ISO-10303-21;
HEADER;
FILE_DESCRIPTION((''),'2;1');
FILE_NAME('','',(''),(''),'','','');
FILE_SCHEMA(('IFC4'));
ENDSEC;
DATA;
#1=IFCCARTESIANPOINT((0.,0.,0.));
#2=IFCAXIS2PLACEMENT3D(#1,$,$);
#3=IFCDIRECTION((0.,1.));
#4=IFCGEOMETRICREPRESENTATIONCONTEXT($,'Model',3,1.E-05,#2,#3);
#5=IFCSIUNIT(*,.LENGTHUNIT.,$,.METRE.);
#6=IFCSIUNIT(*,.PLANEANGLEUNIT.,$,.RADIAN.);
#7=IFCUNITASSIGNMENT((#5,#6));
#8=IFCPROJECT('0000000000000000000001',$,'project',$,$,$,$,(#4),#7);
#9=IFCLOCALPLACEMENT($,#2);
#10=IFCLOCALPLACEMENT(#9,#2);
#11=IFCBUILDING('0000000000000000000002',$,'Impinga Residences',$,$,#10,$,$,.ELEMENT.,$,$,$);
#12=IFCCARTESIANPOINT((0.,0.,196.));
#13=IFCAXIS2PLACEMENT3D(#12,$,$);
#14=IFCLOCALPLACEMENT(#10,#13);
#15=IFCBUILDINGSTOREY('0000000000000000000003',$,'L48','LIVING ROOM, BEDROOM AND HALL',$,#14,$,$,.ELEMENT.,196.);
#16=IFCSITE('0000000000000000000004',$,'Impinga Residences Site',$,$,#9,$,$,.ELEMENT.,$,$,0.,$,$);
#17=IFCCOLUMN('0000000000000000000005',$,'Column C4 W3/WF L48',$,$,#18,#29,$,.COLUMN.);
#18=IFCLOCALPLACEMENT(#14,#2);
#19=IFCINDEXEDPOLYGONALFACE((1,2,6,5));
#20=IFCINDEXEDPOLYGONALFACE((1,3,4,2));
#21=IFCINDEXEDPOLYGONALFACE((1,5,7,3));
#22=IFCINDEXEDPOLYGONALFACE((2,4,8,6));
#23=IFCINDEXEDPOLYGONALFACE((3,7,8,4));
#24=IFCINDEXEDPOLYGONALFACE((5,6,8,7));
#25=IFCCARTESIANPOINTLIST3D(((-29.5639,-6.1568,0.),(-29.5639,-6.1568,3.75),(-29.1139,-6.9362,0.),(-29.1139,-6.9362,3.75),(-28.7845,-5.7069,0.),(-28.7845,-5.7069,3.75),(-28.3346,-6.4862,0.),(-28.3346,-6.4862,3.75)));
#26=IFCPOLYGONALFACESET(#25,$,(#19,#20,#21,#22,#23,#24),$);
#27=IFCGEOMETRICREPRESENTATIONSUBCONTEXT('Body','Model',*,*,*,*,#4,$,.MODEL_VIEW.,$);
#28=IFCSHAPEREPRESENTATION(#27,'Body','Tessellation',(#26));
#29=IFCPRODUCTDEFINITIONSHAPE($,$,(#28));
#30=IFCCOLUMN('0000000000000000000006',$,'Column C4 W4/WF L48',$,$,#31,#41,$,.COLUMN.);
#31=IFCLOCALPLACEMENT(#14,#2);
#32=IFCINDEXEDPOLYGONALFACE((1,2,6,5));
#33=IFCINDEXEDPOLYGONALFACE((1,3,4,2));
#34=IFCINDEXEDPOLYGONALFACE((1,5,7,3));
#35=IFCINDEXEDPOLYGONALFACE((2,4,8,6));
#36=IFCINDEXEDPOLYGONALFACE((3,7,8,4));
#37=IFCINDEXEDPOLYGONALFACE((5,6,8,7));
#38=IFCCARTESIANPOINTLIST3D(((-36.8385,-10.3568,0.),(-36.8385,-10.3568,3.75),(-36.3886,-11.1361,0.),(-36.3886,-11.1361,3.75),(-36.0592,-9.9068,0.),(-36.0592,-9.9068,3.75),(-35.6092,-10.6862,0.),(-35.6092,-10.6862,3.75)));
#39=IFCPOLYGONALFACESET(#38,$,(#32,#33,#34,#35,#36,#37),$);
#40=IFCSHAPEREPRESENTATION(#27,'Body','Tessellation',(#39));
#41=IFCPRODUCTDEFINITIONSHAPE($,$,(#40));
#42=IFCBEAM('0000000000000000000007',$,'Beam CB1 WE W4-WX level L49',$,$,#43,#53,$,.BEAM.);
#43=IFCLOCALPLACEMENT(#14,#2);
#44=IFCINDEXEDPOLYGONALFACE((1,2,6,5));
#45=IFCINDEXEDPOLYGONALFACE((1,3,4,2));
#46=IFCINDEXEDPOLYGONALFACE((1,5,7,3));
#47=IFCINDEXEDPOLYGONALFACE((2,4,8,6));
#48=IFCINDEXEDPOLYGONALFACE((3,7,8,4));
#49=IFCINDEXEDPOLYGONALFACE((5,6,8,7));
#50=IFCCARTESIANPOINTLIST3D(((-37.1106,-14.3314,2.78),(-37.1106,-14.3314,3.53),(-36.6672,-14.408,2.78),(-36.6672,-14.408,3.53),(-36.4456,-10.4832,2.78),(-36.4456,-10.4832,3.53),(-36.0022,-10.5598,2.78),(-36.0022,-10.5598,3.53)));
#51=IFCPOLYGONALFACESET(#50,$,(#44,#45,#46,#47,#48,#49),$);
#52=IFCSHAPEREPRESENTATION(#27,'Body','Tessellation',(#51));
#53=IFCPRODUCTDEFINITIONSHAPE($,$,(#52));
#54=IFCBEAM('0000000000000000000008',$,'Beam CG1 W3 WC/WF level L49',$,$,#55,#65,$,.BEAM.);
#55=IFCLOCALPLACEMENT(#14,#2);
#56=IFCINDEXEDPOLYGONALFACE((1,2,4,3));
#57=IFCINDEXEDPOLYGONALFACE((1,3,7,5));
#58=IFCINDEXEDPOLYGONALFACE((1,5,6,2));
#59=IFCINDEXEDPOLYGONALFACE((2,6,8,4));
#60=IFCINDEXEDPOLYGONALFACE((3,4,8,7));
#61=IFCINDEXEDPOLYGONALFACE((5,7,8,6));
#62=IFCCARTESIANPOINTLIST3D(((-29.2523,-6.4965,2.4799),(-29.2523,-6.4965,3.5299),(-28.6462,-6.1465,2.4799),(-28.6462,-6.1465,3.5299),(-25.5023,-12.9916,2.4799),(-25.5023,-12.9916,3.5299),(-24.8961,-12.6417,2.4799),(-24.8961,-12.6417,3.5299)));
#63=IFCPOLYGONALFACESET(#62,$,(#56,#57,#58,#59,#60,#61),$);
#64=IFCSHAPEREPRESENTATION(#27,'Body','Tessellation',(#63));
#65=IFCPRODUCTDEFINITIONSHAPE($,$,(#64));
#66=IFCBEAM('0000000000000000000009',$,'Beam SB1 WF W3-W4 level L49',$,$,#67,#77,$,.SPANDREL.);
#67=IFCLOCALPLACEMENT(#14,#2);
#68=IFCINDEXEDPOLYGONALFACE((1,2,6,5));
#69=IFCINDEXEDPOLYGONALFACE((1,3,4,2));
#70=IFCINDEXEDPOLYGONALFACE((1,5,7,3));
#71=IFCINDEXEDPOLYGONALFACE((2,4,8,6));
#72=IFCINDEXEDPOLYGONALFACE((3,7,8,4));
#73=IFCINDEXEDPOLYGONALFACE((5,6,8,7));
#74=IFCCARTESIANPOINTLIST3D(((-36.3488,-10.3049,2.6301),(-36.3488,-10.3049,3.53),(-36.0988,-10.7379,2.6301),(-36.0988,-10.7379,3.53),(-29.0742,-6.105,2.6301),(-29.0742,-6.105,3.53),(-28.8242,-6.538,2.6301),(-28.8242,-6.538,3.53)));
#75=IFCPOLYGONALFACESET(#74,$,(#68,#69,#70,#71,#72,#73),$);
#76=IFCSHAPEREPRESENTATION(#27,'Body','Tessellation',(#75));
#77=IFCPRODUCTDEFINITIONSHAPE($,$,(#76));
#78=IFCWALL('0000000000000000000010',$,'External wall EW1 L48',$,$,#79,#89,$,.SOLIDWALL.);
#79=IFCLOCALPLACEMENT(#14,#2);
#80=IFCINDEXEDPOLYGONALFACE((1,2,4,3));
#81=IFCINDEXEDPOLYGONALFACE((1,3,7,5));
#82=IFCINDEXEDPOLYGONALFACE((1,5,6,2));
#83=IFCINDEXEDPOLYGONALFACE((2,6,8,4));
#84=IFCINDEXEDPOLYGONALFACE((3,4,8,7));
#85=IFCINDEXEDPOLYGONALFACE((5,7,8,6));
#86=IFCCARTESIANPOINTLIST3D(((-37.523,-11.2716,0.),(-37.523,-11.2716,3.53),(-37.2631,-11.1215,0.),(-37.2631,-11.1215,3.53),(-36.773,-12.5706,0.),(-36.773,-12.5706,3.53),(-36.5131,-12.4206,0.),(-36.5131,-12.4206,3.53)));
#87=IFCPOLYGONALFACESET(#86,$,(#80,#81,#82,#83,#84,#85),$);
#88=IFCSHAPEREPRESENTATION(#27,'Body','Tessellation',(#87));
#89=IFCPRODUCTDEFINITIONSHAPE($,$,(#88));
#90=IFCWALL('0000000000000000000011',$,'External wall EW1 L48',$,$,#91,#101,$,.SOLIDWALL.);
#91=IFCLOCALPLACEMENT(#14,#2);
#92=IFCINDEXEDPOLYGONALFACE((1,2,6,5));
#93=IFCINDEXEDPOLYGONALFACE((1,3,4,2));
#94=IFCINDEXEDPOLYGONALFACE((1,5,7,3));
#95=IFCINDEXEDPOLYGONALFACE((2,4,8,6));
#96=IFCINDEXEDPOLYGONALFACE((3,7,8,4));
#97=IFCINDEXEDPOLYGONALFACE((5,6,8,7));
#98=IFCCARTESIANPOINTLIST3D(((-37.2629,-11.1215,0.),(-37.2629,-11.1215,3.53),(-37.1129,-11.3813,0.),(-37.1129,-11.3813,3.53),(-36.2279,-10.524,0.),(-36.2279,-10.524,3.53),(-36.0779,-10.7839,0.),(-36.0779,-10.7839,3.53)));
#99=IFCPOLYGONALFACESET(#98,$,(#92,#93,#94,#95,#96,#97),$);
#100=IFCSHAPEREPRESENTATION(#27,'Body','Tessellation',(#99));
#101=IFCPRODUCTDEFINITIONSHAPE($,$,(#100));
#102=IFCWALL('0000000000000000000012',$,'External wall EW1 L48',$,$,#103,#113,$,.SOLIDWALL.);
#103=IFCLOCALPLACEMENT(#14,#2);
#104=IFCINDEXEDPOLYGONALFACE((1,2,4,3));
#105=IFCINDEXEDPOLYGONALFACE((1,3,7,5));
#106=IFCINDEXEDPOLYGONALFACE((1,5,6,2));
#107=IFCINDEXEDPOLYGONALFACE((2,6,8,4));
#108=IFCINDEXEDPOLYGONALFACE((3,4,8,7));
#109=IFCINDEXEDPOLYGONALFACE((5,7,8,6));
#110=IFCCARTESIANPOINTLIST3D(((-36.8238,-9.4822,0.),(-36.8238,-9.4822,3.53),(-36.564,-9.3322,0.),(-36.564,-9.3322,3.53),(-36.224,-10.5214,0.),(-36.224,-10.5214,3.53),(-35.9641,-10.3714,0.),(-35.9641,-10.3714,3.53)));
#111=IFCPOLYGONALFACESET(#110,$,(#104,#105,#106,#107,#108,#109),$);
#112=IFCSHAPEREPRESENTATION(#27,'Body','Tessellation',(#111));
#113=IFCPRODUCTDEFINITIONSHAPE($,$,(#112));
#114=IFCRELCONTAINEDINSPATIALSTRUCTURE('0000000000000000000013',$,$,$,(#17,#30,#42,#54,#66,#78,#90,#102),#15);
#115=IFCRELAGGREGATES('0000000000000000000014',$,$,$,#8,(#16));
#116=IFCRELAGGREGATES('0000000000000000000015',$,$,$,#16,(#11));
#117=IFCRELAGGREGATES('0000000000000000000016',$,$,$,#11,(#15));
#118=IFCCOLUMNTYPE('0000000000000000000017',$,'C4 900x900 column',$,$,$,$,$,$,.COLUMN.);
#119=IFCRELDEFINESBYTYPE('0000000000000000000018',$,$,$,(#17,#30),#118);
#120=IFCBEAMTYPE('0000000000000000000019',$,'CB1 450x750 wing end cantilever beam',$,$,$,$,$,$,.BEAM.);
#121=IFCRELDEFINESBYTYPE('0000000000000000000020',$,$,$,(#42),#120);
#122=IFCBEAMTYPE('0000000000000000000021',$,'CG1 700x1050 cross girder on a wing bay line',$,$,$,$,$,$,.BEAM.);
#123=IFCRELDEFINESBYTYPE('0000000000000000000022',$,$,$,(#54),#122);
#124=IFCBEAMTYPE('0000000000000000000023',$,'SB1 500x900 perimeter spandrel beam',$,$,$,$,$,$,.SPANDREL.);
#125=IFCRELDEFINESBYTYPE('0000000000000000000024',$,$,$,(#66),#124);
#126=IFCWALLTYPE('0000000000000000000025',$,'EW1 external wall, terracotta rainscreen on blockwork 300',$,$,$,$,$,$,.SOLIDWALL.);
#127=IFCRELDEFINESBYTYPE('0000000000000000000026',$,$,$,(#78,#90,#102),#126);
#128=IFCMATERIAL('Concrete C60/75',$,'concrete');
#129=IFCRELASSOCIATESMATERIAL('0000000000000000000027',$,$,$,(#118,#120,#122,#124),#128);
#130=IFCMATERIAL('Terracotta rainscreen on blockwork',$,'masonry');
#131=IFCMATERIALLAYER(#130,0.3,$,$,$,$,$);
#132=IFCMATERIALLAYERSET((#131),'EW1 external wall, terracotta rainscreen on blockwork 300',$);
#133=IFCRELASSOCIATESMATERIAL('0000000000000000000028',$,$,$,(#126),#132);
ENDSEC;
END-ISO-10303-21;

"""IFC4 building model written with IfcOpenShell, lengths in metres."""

from ifc_helpers import new_model, si_unit, direction, frame, frame_2d, origin, origin_2d, place, context, subcontext, project, spatial, rectangle, extrude, material, layer, layer_set, material_profile, profile_set, type_object, element, save


model = new_model("IFC4")

# Units and contexts
model_context = context("Model", 3, precision=1e-05, world=origin(), true_north=direction((0.0, 1.0)))
body_context = subcontext(model_context, "Body", "Model", "MODEL_VIEW")
ifc_project = project(units=[si_unit("LENGTHUNIT", "METRE"), si_unit("PLANEANGLEUNIT", "RADIAN")], contexts=[model_context])

# Site, building, storey
site_placement = place(None, origin())
site = spatial("IfcSite", under=ifc_project, at=site_placement, Name="Impinga Residences Site", CompositionType="ELEMENT", RefElevation=0.0)
building_placement = place(site_placement, origin())
building = spatial("IfcBuilding", under=site, at=building_placement, Name="Impinga Residences", CompositionType="ELEMENT")
storey_placement = place(building_placement, frame((0.0, 0.0, 196.0)))
storey = spatial("IfcBuildingStorey", under=building, at=storey_placement, Name="L48", Description="LIVING ROOM, BEDROOM AND HALL", CompositionType="ELEMENT", Elevation=196.0)

# Columns
ifc_material_1 = material(Name="Concrete C60/75", Category="concrete")
ifc_material_profile_1 = material_profile(ifc_material_1, rectangle(XDim=0.8999, YDim=0.8999, at=origin_2d()), Name="RC 900x900")
ifc_profile_set_1 = profile_set([ifc_material_profile_1], Name="Concrete C60/75")
column_type = type_object("IfcColumnType", Name="C4 900x900 column", PredefinedType="COLUMN", material=ifc_profile_set_1)
for number, where, z_axis, x_axis, name in (
    (1, (-28.9492, -6.3215, 0.0), (0.0, 0.0, 1.0), (-0.5, 0.866025, 0.0), "Column C4 W3/WF L48"),
    (2, (-36.2239, -10.5215, 0.0), (0.0, 0.0, 1.0), (-0.5, 0.866025, 0.0), "Column C4 W4/WF L48"),
):
    element("IfcColumn", number, at=place(storey_placement, frame(where, z_axis=z_axis, x_axis=x_axis)), inside=storey, type_object=column_type, Name=name, PredefinedType="COLUMN", context=body_context, shape_type="SweptSolid", body=[
        extrude(rectangle(XDim=0.8999, YDim=0.8999, at=origin_2d()), origin(), (0.0, 0.0, 1.0), 3.75),
    ])

# Beams
ifc_material_profile_2 = material_profile(ifc_material_1, rectangle(XDim=0.45, YDim=0.75, at=origin_2d()), Name="RC 450x750")
ifc_profile_set_2 = profile_set([ifc_material_profile_2], Name="Concrete C60/75")
beam_type_1 = type_object("IfcBeamType", Name="CB1 450x750 wing end cantilever beam", PredefinedType="BEAM", material=ifc_profile_set_2)
beam_1_placement = place(storey_placement, frame((-36.2239, -10.5215, 3.155), z_axis=(-0.170296, -0.985393, 0.0), x_axis=(0.985393, -0.170296, 0.0)))
element("IfcBeam", 3, at=beam_1_placement, inside=storey, type_object=beam_type_1, Name="Beam CB1 WE W4-WX level L49", PredefinedType="BEAM", context=body_context, shape_type="SweptSolid", body=[
    extrude(rectangle(XDim=0.45, YDim=0.75, at=origin_2d()), origin(), (0.0, 0.0, 1.0), 3.9053),
])
ifc_material_profile_3 = material_profile(ifc_material_1, rectangle(XDim=0.7, YDim=1.05, at=origin_2d()), Name="RC 700x1050")
ifc_profile_set_3 = profile_set([ifc_material_profile_3], Name="Concrete C60/75")
beam_type_2 = type_object("IfcBeamType", Name="CG1 700x1050 cross girder on a wing bay line", PredefinedType="BEAM", material=ifc_profile_set_3)
beam_2_placement = place(storey_placement, frame((-25.1992, -12.8167, 3.0049), z_axis=(-0.500004, 0.866023, 0.0), x_axis=(-0.866023, -0.500004, 0.0)))
element("IfcBeam", 4, at=beam_2_placement, inside=storey, type_object=beam_type_2, Name="Beam CG1 W3 WC/WF level L49", PredefinedType="BEAM", context=body_context, shape_type="SweptSolid", body=[
    extrude(rectangle(XDim=0.7, YDim=1.05, at=origin_2d()), origin(), (0.0, 0.0, 1.0), 7.5),
])
ifc_material_profile_4 = material_profile(ifc_material_1, rectangle(XDim=0.5, YDim=0.8999, at=origin_2d()), Name="RC 500x900")
ifc_profile_set_4 = profile_set([ifc_material_profile_4], Name="Concrete C60/75")
beam_type_3 = type_object("IfcBeamType", Name="SB1 500x900 perimeter spandrel beam", PredefinedType="SPANDREL", material=ifc_profile_set_4)
beam_3_placement = place(storey_placement, frame((-28.9492, -6.3215, 3.0801), z_axis=(-0.866029, -0.499993, 0.0), x_axis=(0.499993, -0.866029, 0.0)))
element("IfcBeam", 5, at=beam_3_placement, inside=storey, type_object=beam_type_3, Name="Beam SB1 WF W3-W4 level L49", PredefinedType="SPANDREL", context=body_context, shape_type="SweptSolid", body=[
    extrude(rectangle(XDim=0.5, YDim=0.8999, at=origin_2d()), origin(), (0.0, 0.0, 1.0), 8.3999),
])

# Walls
ifc_material_2 = material(Name="Terracotta rainscreen on blockwork", Category="masonry")
ifc_layer_1 = layer(ifc_material_2, 0.3)
ifc_layer_set_1 = layer_set([ifc_layer_1], Name="EW1 external wall, terracotta rainscreen on blockwork 300")
wall_type_1 = type_object("IfcWallType", Name="EW1 external wall, terracotta rainscreen on blockwork 300", PredefinedType="SOLIDWALL", material=ifc_layer_set_1)
wall_1_placement = place(storey_placement, frame((-36.6431, -12.4956, 0.0), z_axis=(0.0, 0.0, 1.0), x_axis=(-0.49999, 0.866031, 0.0)))
element("IfcWall", 6, at=wall_1_placement, inside=storey, type_object=wall_type_1, Name="External wall EW1 L48", PredefinedType="SOLIDWALL", context=body_context, shape_type="SweptSolid", body=[
    extrude(rectangle(XDim=1.5, YDim=0.3, at=frame_2d((0.75, 0.0))), origin(), (0.0, 0.0, 1.0), 3.53),
])
wall_2_placement = place(storey_placement, frame((-37.188, -11.2515, 0.0), z_axis=(0.0, 0.0, 1.0), x_axis=(0.86606, 0.499941, 0.0)))
element("IfcWall", 7, at=wall_2_placement, inside=storey, type_object=wall_type_1, Name="External wall EW1 L48", PredefinedType="SOLIDWALL", context=body_context, shape_type="SweptSolid", body=[
    extrude(rectangle(XDim=1.1951, YDim=0.3, at=frame_2d((0.5977, 0.0))), origin(), (0.0, 0.0, 1.0), 3.53),
])
wall_3_placement = place(storey_placement, frame((-36.094, -10.4465, 0.0), z_axis=(0.0, 0.0, 1.0), x_axis=(-0.499881, 0.866094, 0.0)))
element("IfcWall", 8, at=wall_3_placement, inside=storey, type_object=wall_type_1, Name="External wall EW1 L48", PredefinedType="SOLIDWALL", context=body_context, shape_type="SweptSolid", body=[
    extrude(rectangle(XDim=1.2, YDim=0.3, at=frame_2d((0.6001, 0.0))), origin(), (0.0, 0.0, 1.0), 3.53),
])

save(model, "model.ifc")
